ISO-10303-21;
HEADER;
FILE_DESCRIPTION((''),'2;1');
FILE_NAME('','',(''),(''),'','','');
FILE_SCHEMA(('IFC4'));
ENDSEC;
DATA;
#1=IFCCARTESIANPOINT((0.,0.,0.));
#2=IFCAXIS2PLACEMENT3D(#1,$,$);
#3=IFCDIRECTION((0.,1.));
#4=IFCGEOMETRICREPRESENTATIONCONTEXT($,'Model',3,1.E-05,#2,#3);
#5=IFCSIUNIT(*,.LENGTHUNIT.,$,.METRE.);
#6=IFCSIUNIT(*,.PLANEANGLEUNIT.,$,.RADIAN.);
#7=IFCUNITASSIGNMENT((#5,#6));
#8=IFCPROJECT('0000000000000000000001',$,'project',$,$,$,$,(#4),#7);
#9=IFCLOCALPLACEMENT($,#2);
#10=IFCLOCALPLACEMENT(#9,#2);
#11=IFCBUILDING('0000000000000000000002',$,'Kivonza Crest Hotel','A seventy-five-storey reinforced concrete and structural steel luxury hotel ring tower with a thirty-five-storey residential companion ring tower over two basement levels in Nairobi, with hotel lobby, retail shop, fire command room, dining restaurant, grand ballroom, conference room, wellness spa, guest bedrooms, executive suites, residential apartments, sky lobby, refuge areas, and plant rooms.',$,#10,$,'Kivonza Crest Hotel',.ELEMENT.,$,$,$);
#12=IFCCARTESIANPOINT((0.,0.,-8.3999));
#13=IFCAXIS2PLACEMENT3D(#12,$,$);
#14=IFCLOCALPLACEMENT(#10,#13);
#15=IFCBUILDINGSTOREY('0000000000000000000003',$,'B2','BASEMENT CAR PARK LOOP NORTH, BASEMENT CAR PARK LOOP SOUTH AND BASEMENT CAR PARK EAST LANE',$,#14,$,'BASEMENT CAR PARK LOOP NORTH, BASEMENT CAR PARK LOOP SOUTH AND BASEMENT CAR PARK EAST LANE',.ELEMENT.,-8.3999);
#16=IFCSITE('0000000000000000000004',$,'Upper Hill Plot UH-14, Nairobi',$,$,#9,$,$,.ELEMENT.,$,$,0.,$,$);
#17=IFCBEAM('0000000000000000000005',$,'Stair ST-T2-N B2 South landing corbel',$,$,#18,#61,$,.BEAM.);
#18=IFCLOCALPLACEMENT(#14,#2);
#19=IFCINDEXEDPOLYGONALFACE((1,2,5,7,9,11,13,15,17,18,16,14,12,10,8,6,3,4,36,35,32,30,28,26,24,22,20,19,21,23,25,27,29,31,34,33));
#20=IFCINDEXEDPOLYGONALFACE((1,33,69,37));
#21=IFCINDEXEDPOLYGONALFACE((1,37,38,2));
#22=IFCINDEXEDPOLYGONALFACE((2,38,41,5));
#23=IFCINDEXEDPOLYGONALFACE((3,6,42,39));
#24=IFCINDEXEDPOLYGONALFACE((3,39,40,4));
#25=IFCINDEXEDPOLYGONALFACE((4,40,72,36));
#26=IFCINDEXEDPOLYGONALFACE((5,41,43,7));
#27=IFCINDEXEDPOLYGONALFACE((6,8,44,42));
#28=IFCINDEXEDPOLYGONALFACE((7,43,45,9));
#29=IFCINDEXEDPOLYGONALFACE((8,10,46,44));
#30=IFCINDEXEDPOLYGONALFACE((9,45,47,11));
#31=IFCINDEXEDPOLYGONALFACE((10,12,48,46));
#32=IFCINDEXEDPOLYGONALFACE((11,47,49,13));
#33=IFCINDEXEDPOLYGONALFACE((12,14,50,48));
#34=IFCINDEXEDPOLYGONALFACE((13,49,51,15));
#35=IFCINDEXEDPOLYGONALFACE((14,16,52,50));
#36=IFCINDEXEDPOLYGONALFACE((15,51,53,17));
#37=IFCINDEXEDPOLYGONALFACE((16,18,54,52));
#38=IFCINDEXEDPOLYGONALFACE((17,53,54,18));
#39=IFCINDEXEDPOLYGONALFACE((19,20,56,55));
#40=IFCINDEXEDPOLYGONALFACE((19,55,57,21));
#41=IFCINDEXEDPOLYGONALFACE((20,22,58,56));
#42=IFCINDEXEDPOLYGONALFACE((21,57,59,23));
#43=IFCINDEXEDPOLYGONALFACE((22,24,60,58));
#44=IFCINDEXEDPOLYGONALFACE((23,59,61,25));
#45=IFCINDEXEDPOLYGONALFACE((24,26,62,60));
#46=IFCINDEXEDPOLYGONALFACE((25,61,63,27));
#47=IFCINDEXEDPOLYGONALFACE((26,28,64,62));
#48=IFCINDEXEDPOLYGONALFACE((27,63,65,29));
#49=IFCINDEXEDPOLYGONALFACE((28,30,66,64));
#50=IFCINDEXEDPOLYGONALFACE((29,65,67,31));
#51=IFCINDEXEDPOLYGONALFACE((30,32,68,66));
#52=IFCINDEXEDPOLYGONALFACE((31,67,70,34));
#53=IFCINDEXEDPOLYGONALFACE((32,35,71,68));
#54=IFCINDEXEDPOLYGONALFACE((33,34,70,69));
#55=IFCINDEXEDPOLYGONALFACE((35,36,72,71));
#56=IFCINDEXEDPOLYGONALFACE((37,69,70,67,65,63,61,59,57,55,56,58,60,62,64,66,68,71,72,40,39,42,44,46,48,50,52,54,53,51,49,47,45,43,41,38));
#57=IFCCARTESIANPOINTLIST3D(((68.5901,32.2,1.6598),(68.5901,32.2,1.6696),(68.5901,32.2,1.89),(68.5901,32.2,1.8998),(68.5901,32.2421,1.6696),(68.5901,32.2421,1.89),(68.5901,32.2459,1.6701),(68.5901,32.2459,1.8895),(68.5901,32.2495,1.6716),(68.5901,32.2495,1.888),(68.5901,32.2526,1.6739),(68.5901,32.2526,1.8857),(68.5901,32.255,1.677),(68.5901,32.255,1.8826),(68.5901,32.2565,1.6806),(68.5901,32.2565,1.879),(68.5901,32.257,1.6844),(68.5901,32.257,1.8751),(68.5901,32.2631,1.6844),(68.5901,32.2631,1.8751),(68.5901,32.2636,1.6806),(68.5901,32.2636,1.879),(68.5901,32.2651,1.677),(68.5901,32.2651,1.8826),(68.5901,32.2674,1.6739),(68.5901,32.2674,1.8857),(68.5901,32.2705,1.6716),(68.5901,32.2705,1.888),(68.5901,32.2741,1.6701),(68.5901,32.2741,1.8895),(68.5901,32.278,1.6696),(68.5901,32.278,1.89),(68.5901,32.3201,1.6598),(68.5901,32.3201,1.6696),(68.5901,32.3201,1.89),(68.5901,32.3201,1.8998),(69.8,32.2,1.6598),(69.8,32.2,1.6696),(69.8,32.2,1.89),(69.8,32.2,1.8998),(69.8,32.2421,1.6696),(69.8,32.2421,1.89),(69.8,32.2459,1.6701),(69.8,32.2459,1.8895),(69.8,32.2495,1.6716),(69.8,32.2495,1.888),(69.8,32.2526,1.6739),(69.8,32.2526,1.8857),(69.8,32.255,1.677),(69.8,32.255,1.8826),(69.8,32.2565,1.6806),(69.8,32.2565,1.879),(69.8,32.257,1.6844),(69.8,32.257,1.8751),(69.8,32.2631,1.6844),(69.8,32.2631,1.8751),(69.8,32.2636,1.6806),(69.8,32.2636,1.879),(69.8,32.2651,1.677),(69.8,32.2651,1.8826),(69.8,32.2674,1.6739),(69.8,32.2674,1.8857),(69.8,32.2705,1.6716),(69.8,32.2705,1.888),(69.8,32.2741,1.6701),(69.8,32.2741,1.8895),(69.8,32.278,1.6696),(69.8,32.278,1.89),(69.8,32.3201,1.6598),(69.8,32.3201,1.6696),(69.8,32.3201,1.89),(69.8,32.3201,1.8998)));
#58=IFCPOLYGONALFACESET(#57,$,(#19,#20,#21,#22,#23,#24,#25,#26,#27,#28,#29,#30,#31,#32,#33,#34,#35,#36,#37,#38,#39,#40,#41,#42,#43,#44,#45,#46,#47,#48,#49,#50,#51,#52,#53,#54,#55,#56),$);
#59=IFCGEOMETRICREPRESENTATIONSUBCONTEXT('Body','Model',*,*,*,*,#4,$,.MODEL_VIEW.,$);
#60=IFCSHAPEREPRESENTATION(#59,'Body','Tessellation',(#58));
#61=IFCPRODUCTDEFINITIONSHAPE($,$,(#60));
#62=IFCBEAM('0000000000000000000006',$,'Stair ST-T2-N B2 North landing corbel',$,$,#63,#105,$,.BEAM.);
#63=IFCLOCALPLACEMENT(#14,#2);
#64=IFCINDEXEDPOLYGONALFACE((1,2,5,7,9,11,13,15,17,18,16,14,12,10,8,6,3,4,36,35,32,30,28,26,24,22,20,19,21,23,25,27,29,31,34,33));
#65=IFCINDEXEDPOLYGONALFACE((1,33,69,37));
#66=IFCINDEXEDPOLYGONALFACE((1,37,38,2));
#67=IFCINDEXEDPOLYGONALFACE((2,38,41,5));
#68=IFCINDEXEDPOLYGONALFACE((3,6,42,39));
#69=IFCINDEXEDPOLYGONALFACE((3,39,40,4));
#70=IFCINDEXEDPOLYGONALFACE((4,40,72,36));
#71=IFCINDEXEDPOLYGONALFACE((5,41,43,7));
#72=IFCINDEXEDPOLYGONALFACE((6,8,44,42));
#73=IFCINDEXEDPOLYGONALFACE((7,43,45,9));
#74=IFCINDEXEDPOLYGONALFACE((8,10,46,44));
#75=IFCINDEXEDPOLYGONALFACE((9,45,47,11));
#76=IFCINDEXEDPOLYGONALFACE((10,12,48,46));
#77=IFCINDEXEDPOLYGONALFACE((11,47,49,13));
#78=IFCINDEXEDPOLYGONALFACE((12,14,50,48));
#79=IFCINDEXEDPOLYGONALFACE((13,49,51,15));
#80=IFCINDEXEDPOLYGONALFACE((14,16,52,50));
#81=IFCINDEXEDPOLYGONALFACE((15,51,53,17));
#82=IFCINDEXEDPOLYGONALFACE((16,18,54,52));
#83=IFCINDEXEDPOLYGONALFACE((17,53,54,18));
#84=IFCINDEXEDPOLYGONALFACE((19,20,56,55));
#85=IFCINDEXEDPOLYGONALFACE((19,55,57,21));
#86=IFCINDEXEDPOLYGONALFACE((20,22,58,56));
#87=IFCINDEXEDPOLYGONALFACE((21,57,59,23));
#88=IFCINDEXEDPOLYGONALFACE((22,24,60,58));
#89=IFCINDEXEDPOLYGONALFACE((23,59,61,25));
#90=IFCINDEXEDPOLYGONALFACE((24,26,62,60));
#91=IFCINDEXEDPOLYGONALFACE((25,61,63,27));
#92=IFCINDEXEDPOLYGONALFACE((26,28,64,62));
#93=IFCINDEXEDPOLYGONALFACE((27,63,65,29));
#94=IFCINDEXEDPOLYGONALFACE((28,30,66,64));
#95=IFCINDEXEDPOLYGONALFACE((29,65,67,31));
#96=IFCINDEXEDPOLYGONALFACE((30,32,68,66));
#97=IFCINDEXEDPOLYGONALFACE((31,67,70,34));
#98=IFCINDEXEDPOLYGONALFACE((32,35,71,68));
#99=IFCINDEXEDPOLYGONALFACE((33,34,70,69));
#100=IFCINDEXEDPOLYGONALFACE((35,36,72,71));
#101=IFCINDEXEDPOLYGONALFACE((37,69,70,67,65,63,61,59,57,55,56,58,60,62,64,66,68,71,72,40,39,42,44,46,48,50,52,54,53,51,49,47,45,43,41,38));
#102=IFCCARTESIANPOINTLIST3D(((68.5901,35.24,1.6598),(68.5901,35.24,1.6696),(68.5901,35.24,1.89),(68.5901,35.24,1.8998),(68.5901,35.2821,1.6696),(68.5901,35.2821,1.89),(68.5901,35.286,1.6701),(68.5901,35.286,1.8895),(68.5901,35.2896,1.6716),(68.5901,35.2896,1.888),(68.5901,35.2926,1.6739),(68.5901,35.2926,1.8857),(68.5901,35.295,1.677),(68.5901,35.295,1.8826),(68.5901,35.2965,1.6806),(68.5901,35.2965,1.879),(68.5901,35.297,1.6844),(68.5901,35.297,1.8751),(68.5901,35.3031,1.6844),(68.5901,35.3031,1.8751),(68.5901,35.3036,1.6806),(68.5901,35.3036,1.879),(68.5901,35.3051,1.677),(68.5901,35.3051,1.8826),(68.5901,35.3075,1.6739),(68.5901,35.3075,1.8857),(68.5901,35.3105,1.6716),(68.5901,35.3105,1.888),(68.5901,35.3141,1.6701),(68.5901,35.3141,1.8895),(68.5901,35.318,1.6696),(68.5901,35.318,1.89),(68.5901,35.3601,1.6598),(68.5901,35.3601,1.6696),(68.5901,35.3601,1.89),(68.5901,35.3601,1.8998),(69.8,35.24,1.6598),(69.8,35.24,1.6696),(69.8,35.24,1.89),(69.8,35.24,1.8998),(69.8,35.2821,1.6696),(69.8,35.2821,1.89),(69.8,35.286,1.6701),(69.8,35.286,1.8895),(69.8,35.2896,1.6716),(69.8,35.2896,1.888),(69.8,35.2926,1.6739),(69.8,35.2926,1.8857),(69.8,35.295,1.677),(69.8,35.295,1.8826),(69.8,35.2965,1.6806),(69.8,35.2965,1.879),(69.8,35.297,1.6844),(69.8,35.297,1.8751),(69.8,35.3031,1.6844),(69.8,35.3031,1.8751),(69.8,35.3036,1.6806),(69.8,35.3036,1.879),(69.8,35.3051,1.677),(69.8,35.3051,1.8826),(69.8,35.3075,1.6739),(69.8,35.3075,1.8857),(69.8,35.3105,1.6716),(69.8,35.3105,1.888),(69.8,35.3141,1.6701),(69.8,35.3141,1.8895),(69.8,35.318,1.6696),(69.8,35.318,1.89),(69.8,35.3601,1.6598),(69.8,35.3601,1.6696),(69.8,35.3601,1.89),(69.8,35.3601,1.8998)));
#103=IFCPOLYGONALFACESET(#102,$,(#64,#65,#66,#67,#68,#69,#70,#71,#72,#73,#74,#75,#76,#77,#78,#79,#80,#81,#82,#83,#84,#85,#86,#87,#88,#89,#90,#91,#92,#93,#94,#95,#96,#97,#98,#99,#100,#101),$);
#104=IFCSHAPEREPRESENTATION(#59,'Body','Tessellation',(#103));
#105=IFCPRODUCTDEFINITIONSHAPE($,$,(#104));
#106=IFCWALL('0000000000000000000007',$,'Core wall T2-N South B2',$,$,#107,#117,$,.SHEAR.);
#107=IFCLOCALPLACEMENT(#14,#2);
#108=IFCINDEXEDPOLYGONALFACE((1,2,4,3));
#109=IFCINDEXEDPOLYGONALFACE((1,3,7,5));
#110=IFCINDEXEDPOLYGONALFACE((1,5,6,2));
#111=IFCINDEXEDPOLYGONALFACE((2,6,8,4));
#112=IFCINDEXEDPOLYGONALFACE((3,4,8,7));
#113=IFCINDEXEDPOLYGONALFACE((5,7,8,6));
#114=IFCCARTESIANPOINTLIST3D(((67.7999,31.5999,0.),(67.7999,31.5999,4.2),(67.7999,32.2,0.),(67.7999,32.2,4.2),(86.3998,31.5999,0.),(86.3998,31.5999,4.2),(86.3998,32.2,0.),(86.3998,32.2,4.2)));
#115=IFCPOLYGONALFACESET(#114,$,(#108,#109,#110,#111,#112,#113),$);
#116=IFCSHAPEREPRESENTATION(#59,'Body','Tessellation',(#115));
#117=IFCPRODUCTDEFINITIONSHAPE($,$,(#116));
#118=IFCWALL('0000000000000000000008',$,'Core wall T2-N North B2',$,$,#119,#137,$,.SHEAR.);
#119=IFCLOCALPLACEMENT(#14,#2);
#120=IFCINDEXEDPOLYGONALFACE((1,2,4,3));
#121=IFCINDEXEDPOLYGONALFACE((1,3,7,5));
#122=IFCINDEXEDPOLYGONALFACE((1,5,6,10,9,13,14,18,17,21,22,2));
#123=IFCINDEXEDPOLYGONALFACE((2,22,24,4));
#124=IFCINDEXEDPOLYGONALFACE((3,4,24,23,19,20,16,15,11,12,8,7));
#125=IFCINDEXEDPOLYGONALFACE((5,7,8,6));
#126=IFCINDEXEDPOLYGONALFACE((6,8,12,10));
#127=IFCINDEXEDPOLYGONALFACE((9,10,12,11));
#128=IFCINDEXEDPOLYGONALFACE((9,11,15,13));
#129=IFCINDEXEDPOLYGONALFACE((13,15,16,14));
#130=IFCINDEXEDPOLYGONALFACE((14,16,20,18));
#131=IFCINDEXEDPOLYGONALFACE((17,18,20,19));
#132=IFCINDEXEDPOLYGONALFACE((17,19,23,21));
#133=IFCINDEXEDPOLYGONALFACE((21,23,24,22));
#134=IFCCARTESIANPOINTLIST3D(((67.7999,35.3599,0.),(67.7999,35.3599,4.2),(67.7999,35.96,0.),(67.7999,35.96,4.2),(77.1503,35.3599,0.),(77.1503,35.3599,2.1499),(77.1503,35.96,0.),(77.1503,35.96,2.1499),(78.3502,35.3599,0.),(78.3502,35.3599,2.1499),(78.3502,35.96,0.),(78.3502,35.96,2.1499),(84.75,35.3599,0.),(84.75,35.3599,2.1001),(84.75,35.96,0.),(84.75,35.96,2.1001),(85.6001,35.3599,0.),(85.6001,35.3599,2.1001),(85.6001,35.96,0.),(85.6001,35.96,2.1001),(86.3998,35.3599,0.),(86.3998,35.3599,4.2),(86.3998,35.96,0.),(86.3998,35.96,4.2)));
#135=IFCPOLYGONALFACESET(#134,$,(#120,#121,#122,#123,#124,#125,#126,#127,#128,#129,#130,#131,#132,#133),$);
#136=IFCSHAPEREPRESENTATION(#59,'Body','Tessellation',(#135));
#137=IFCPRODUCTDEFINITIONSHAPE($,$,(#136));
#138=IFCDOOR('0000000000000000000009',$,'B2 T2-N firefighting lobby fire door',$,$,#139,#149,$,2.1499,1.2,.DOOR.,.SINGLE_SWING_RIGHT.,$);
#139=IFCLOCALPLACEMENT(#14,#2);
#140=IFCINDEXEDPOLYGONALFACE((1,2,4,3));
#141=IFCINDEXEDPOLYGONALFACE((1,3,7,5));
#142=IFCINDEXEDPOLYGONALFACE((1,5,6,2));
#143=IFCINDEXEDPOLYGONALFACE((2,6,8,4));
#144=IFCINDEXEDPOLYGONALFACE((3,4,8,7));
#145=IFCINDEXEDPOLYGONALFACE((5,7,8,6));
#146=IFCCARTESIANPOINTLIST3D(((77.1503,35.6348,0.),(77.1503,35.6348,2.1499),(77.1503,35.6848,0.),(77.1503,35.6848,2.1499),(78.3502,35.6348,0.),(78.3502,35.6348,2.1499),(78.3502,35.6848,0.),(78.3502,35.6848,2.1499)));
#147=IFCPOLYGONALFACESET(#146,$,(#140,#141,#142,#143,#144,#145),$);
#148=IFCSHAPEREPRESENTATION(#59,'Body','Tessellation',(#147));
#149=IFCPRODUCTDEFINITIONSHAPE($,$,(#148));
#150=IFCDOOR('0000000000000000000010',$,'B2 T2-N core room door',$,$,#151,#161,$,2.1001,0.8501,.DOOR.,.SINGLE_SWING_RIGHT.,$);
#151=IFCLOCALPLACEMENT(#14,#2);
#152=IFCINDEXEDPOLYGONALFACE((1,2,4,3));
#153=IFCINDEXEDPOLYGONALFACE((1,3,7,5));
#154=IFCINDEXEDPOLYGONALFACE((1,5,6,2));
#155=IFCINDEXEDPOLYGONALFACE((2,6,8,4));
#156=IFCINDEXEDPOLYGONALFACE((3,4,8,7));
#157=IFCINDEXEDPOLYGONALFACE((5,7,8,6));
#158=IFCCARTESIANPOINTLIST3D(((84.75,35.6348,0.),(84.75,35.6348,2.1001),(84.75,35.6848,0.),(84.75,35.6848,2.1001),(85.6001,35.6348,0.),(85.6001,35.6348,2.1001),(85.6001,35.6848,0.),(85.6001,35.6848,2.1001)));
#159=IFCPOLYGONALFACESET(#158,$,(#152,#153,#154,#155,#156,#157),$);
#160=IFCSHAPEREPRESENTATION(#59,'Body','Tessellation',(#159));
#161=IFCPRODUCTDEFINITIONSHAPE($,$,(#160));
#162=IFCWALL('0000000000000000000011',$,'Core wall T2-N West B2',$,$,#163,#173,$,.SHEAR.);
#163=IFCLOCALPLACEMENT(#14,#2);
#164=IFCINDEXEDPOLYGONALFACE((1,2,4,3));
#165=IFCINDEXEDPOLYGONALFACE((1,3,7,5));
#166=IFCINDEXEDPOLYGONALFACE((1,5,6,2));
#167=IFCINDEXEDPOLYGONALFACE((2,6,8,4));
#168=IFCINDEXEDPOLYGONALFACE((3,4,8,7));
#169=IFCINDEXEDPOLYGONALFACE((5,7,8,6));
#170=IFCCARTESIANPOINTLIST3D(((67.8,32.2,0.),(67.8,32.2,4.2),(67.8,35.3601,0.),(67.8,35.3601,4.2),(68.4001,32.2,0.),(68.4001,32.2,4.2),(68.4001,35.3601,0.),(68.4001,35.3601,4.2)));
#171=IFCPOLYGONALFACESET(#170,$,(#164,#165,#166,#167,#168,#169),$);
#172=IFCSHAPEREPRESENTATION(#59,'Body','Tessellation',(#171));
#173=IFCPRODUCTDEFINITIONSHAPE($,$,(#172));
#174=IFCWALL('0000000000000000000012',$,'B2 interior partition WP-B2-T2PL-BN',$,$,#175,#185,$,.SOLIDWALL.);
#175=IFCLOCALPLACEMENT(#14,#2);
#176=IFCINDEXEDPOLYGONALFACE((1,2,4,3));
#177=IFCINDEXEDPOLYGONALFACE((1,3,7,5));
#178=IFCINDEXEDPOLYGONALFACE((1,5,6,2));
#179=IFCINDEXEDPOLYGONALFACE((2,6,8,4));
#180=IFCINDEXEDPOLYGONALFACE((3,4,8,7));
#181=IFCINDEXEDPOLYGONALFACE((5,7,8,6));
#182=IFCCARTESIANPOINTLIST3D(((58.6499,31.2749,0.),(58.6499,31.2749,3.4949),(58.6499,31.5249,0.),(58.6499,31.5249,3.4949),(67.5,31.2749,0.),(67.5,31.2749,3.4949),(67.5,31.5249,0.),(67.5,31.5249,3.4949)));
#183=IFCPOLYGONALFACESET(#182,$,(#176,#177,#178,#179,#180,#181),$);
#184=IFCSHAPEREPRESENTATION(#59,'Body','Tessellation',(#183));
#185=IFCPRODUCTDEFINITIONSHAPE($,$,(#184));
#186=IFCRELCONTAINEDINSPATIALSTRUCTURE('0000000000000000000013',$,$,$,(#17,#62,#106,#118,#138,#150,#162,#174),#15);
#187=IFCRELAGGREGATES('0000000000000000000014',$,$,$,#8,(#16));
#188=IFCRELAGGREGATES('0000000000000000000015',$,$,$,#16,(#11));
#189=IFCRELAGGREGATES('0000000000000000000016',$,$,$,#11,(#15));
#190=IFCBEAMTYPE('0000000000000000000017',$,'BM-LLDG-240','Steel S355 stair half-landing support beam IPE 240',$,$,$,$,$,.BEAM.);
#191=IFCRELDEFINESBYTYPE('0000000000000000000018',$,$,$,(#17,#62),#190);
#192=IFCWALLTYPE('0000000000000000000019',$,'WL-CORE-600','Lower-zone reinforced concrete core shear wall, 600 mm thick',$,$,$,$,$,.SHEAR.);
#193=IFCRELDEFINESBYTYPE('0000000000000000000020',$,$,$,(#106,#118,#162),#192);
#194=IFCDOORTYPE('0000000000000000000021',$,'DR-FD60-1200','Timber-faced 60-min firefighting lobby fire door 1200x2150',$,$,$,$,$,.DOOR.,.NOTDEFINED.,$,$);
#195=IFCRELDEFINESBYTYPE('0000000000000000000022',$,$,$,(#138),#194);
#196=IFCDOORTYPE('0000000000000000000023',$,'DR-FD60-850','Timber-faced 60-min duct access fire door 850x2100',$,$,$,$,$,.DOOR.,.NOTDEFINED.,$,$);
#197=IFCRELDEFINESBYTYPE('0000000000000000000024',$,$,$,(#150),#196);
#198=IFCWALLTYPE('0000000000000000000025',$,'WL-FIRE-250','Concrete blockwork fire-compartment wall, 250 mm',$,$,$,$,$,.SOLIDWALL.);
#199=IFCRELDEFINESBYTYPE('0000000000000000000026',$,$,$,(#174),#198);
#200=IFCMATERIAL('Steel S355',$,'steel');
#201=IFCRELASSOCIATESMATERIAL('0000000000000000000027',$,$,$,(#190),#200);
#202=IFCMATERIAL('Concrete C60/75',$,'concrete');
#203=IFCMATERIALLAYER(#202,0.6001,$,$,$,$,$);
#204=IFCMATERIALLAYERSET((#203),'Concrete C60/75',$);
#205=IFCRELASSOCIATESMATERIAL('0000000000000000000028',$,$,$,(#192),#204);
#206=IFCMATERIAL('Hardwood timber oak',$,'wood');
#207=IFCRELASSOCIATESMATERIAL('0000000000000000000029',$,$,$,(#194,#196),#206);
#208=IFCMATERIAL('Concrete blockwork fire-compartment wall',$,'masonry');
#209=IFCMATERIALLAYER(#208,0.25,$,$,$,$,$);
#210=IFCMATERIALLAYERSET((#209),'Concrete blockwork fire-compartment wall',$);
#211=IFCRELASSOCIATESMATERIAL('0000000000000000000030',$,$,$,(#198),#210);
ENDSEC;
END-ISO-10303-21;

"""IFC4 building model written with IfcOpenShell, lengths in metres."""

from ifc_helpers import new_model, si_unit, direction, frame, frame_2d, origin, origin_2d, place, context, subcontext, project, spatial, rectangle, i_section, extrude, material, layer, layer_set, material_profile, profile_set, type_object, element, fill, save


model = new_model("IFC4")

# Units and contexts
model_context = context("Model", 3, precision=1e-05, world=origin(), true_north=direction((0.0, 1.0)))
body_context = subcontext(model_context, "Body", "Model", "MODEL_VIEW")
ifc_project = project(units=[si_unit("LENGTHUNIT", "METRE"), si_unit("PLANEANGLEUNIT", "RADIAN")], contexts=[model_context])

# Site, building, storey
site_placement = place(None, origin())
site = spatial("IfcSite", under=ifc_project, at=site_placement, Name="Upper Hill Plot UH-14, Nairobi", CompositionType="ELEMENT", RefElevation=0.0)
building_placement = place(site_placement, origin())
building = spatial("IfcBuilding", under=site, at=building_placement, Name="Kivonza Crest Hotel", Description="A seventy-five-storey reinforced concrete and structural steel luxury hotel ring tower with a thirty-five-storey residential companion ring tower over two basement levels in Nairobi, with hotel lobby, retail shop, fire command room, dining restaurant, grand ballroom, conference room, wellness spa, guest bedrooms, executive suites, residential apartments, sky lobby, refuge areas, and plant rooms.", LongName="Kivonza Crest Hotel", CompositionType="ELEMENT")
storey_placement = place(building_placement, frame((0.0, 0.0, -8.3999)))
storey = spatial("IfcBuildingStorey", under=building, at=storey_placement, Name="B2", Description="BASEMENT CAR PARK LOOP NORTH, BASEMENT CAR PARK LOOP SOUTH AND BASEMENT CAR PARK EAST LANE", LongName="BASEMENT CAR PARK LOOP NORTH, BASEMENT CAR PARK LOOP SOUTH AND BASEMENT CAR PARK EAST LANE", CompositionType="ELEMENT", Elevation=-8.3999)

# Shared definitions
ifc_material_1 = material(Name="Concrete C60/75", Category="concrete")

# Beams
ifc_material_2 = material(Name="Steel S355", Category="steel")
ifc_material_profile_1 = material_profile(ifc_material_2, i_section(OverallWidth=0.1201, OverallDepth=0.24, WebThickness=0.0061, FlangeThickness=0.0098, FilletRadius=0.0149, at=origin_2d()), Name="IPE 240")
ifc_profile_set_1 = profile_set([ifc_material_profile_1], Name="Steel S355")
beam_type = type_object("IfcBeamType", Name="BM-LLDG-240", Description="Steel S355 stair half-landing support beam IPE 240", PredefinedType="BEAM", material=ifc_profile_set_1)
for number, where, z_axis, x_axis, name in (
    (1, (68.5901, 32.26, 1.7798), (1.0, 0.0, 0.0), (0.0, 1.0, 0.0), "Stair ST-T2-N B2 South landing corbel"),
    (2, (68.5901, 35.3, 1.7798), (1.0, 0.0, 0.0), (0.0, 1.0, 0.0), "Stair ST-T2-N B2 North landing corbel"),
):
    element("IfcBeam", number, at=place(storey_placement, frame(where, z_axis=z_axis, x_axis=x_axis)), inside=storey, type_object=beam_type, Name=name, PredefinedType="BEAM", context=body_context, shape_type="SweptSolid", body=[
        extrude(i_section(OverallWidth=0.1201, OverallDepth=0.24, WebThickness=0.0061, FlangeThickness=0.0098, FilletRadius=0.0149, at=origin_2d()), origin(), (0.0, 0.0, 1.0), 1.21),
    ])

# Wall
ifc_layer_1 = layer(ifc_material_1, 0.6001)
ifc_layer_set_1 = layer_set([ifc_layer_1], Name="Concrete C60/75")
wall_type_1 = type_object("IfcWallType", Name="WL-CORE-600", Description="Lower-zone reinforced concrete core shear wall, 600 mm thick", PredefinedType="SHEAR", material=ifc_layer_set_1)
wall_1_placement = place(storey_placement, frame((67.8, 31.8999, 0.0), z_axis=(0.0, 0.0, 1.0), x_axis=(1.0, 0.0, 0.0)))
element("IfcWall", 3, at=wall_1_placement, inside=storey, type_object=wall_type_1, Name="Core wall T2-N South B2", PredefinedType="SHEAR", context=body_context, shape_type="SweptSolid", body=[
    extrude(rectangle(XDim=18.5999, YDim=0.6001, at=frame_2d((9.2998, 0.0))), origin(), (0.0, 0.0, 1.0), 4.2),
])

# Wall, openings, doors
wall_2_placement = place(storey_placement, frame((67.8, 35.6599, 0.0), z_axis=(0.0, 0.0, 1.0), x_axis=(1.0, 0.0, 0.0)))
wall_2 = element("IfcWall", 4, at=wall_2_placement, inside=storey, type_object=wall_type_1, Name="Core wall T2-N North B2", PredefinedType="SHEAR", context=body_context, shape_type="SweptSolid", body=[
    extrude(rectangle(XDim=18.5999, YDim=0.6001, at=frame_2d((9.2998, 0.0))), origin(), (0.0, 0.0, 1.0), 4.2),
])
opening_1_placement = place(wall_2_placement, frame((9.3501, 0.0, 0.0)))
opening_1 = element("IfcOpeningElement", 5, at=opening_1_placement, cuts=wall_2, PredefinedType="OPENING", context=body_context, shape_type="SweptSolid", body=[
    extrude(rectangle(XDim=1.2, YDim=2.1499, at=frame_2d((0.6001, 1.075))), frame((0.0, 0.3101, 0.0), z_axis=(0.0, -1.0, 0.0), x_axis=(1.0, 0.0, 0.0)), (0.0, 0.0, 1.0), 0.6201),
])
opening_2_placement = place(wall_2_placement, frame((16.95, 0.0, 0.0)))
opening_2 = element("IfcOpeningElement", 6, at=opening_2_placement, cuts=wall_2, PredefinedType="OPENING", context=body_context, shape_type="SweptSolid", body=[
    extrude(rectangle(XDim=0.8501, YDim=2.1001, at=frame_2d((0.425, 1.05))), frame((0.0, 0.3101, 0.0), z_axis=(0.0, -1.0, 0.0), x_axis=(1.0, 0.0, 0.0)), (0.0, 0.0, 1.0), 0.6201),
])
ifc_material_3 = material(Name="Hardwood timber oak", Category="wood")
door_type_1 = type_object("IfcDoorType", Name="DR-FD60-1200", Description="Timber-faced 60-min firefighting lobby fire door 1200x2150", OperationType="NOTDEFINED", PredefinedType="DOOR", material=ifc_material_3)
door_1_placement = place(opening_1_placement, origin())
door_1 = element("IfcDoor", 7, at=door_1_placement, inside=storey, type_object=door_type_1, Name="B2 T2-N firefighting lobby fire door", OperationType="SINGLE_SWING_RIGHT", OverallHeight=2.1499, OverallWidth=1.2, PredefinedType="DOOR", context=body_context, shape_type="SweptSolid", body=[
    extrude(rectangle(XDim=1.2, YDim=2.1499, at=frame_2d((0.6001, 1.075))), frame((0.0, 0.0249, 0.0), z_axis=(0.0, -1.0, 0.0), x_axis=(1.0, 0.0, 0.0)), (0.0, 0.0, 1.0), 0.05),
])
fill(opening_1, door_1)
door_type_2 = type_object("IfcDoorType", Name="DR-FD60-850", Description="Timber-faced 60-min duct access fire door 850x2100", OperationType="NOTDEFINED", PredefinedType="DOOR", material=ifc_material_3)
door_2_placement = place(opening_2_placement, origin())
door_2 = element("IfcDoor", 8, at=door_2_placement, inside=storey, type_object=door_type_2, Name="B2 T2-N core room door", OperationType="SINGLE_SWING_RIGHT", OverallHeight=2.1001, OverallWidth=0.8501, PredefinedType="DOOR", context=body_context, shape_type="SweptSolid", body=[
    extrude(rectangle(XDim=0.8501, YDim=2.1001, at=frame_2d((0.425, 1.05))), frame((0.0, 0.0249, 0.0), z_axis=(0.0, -1.0, 0.0), x_axis=(1.0, 0.0, 0.0)), (0.0, 0.0, 1.0), 0.05),
])
fill(opening_2, door_2)

# Walls
wall_3_placement = place(storey_placement, frame((68.1001, 32.2, 0.0), z_axis=(0.0, 0.0, 1.0), x_axis=(0.0, 1.0, 0.0)))
element("IfcWall", 9, at=wall_3_placement, inside=storey, type_object=wall_type_1, Name="Core wall T2-N West B2", PredefinedType="SHEAR", context=body_context, shape_type="SweptSolid", body=[
    extrude(rectangle(XDim=3.1602, YDim=0.6001, at=frame_2d((1.5801, 0.0))), origin(), (0.0, 0.0, 1.0), 4.2),
])
ifc_material_4 = material(Name="Concrete blockwork fire-compartment wall", Category="masonry")
ifc_layer_2 = layer(ifc_material_4, 0.25)
ifc_layer_set_2 = layer_set([ifc_layer_2], Name="Concrete blockwork fire-compartment wall")
wall_type_2 = type_object("IfcWallType", Name="WL-FIRE-250", Description="Concrete blockwork fire-compartment wall, 250 mm", PredefinedType="SOLIDWALL", material=ifc_layer_set_2)
wall_4_placement = place(storey_placement, frame((58.6499, 31.3999, 0.0), z_axis=(0.0, 0.0, 1.0), x_axis=(1.0, 0.0, 0.0)))
element("IfcWall", 10, at=wall_4_placement, inside=storey, type_object=wall_type_2, Name="B2 interior partition WP-B2-T2PL-BN", PredefinedType="SOLIDWALL", context=body_context, shape_type="SweptSolid", body=[
    extrude(rectangle(XDim=8.8501, YDim=0.25, at=frame_2d((4.425, 0.0))), origin(), (0.0, 0.0, 1.0), 3.4949),
])

save(model, "model.ifc")
